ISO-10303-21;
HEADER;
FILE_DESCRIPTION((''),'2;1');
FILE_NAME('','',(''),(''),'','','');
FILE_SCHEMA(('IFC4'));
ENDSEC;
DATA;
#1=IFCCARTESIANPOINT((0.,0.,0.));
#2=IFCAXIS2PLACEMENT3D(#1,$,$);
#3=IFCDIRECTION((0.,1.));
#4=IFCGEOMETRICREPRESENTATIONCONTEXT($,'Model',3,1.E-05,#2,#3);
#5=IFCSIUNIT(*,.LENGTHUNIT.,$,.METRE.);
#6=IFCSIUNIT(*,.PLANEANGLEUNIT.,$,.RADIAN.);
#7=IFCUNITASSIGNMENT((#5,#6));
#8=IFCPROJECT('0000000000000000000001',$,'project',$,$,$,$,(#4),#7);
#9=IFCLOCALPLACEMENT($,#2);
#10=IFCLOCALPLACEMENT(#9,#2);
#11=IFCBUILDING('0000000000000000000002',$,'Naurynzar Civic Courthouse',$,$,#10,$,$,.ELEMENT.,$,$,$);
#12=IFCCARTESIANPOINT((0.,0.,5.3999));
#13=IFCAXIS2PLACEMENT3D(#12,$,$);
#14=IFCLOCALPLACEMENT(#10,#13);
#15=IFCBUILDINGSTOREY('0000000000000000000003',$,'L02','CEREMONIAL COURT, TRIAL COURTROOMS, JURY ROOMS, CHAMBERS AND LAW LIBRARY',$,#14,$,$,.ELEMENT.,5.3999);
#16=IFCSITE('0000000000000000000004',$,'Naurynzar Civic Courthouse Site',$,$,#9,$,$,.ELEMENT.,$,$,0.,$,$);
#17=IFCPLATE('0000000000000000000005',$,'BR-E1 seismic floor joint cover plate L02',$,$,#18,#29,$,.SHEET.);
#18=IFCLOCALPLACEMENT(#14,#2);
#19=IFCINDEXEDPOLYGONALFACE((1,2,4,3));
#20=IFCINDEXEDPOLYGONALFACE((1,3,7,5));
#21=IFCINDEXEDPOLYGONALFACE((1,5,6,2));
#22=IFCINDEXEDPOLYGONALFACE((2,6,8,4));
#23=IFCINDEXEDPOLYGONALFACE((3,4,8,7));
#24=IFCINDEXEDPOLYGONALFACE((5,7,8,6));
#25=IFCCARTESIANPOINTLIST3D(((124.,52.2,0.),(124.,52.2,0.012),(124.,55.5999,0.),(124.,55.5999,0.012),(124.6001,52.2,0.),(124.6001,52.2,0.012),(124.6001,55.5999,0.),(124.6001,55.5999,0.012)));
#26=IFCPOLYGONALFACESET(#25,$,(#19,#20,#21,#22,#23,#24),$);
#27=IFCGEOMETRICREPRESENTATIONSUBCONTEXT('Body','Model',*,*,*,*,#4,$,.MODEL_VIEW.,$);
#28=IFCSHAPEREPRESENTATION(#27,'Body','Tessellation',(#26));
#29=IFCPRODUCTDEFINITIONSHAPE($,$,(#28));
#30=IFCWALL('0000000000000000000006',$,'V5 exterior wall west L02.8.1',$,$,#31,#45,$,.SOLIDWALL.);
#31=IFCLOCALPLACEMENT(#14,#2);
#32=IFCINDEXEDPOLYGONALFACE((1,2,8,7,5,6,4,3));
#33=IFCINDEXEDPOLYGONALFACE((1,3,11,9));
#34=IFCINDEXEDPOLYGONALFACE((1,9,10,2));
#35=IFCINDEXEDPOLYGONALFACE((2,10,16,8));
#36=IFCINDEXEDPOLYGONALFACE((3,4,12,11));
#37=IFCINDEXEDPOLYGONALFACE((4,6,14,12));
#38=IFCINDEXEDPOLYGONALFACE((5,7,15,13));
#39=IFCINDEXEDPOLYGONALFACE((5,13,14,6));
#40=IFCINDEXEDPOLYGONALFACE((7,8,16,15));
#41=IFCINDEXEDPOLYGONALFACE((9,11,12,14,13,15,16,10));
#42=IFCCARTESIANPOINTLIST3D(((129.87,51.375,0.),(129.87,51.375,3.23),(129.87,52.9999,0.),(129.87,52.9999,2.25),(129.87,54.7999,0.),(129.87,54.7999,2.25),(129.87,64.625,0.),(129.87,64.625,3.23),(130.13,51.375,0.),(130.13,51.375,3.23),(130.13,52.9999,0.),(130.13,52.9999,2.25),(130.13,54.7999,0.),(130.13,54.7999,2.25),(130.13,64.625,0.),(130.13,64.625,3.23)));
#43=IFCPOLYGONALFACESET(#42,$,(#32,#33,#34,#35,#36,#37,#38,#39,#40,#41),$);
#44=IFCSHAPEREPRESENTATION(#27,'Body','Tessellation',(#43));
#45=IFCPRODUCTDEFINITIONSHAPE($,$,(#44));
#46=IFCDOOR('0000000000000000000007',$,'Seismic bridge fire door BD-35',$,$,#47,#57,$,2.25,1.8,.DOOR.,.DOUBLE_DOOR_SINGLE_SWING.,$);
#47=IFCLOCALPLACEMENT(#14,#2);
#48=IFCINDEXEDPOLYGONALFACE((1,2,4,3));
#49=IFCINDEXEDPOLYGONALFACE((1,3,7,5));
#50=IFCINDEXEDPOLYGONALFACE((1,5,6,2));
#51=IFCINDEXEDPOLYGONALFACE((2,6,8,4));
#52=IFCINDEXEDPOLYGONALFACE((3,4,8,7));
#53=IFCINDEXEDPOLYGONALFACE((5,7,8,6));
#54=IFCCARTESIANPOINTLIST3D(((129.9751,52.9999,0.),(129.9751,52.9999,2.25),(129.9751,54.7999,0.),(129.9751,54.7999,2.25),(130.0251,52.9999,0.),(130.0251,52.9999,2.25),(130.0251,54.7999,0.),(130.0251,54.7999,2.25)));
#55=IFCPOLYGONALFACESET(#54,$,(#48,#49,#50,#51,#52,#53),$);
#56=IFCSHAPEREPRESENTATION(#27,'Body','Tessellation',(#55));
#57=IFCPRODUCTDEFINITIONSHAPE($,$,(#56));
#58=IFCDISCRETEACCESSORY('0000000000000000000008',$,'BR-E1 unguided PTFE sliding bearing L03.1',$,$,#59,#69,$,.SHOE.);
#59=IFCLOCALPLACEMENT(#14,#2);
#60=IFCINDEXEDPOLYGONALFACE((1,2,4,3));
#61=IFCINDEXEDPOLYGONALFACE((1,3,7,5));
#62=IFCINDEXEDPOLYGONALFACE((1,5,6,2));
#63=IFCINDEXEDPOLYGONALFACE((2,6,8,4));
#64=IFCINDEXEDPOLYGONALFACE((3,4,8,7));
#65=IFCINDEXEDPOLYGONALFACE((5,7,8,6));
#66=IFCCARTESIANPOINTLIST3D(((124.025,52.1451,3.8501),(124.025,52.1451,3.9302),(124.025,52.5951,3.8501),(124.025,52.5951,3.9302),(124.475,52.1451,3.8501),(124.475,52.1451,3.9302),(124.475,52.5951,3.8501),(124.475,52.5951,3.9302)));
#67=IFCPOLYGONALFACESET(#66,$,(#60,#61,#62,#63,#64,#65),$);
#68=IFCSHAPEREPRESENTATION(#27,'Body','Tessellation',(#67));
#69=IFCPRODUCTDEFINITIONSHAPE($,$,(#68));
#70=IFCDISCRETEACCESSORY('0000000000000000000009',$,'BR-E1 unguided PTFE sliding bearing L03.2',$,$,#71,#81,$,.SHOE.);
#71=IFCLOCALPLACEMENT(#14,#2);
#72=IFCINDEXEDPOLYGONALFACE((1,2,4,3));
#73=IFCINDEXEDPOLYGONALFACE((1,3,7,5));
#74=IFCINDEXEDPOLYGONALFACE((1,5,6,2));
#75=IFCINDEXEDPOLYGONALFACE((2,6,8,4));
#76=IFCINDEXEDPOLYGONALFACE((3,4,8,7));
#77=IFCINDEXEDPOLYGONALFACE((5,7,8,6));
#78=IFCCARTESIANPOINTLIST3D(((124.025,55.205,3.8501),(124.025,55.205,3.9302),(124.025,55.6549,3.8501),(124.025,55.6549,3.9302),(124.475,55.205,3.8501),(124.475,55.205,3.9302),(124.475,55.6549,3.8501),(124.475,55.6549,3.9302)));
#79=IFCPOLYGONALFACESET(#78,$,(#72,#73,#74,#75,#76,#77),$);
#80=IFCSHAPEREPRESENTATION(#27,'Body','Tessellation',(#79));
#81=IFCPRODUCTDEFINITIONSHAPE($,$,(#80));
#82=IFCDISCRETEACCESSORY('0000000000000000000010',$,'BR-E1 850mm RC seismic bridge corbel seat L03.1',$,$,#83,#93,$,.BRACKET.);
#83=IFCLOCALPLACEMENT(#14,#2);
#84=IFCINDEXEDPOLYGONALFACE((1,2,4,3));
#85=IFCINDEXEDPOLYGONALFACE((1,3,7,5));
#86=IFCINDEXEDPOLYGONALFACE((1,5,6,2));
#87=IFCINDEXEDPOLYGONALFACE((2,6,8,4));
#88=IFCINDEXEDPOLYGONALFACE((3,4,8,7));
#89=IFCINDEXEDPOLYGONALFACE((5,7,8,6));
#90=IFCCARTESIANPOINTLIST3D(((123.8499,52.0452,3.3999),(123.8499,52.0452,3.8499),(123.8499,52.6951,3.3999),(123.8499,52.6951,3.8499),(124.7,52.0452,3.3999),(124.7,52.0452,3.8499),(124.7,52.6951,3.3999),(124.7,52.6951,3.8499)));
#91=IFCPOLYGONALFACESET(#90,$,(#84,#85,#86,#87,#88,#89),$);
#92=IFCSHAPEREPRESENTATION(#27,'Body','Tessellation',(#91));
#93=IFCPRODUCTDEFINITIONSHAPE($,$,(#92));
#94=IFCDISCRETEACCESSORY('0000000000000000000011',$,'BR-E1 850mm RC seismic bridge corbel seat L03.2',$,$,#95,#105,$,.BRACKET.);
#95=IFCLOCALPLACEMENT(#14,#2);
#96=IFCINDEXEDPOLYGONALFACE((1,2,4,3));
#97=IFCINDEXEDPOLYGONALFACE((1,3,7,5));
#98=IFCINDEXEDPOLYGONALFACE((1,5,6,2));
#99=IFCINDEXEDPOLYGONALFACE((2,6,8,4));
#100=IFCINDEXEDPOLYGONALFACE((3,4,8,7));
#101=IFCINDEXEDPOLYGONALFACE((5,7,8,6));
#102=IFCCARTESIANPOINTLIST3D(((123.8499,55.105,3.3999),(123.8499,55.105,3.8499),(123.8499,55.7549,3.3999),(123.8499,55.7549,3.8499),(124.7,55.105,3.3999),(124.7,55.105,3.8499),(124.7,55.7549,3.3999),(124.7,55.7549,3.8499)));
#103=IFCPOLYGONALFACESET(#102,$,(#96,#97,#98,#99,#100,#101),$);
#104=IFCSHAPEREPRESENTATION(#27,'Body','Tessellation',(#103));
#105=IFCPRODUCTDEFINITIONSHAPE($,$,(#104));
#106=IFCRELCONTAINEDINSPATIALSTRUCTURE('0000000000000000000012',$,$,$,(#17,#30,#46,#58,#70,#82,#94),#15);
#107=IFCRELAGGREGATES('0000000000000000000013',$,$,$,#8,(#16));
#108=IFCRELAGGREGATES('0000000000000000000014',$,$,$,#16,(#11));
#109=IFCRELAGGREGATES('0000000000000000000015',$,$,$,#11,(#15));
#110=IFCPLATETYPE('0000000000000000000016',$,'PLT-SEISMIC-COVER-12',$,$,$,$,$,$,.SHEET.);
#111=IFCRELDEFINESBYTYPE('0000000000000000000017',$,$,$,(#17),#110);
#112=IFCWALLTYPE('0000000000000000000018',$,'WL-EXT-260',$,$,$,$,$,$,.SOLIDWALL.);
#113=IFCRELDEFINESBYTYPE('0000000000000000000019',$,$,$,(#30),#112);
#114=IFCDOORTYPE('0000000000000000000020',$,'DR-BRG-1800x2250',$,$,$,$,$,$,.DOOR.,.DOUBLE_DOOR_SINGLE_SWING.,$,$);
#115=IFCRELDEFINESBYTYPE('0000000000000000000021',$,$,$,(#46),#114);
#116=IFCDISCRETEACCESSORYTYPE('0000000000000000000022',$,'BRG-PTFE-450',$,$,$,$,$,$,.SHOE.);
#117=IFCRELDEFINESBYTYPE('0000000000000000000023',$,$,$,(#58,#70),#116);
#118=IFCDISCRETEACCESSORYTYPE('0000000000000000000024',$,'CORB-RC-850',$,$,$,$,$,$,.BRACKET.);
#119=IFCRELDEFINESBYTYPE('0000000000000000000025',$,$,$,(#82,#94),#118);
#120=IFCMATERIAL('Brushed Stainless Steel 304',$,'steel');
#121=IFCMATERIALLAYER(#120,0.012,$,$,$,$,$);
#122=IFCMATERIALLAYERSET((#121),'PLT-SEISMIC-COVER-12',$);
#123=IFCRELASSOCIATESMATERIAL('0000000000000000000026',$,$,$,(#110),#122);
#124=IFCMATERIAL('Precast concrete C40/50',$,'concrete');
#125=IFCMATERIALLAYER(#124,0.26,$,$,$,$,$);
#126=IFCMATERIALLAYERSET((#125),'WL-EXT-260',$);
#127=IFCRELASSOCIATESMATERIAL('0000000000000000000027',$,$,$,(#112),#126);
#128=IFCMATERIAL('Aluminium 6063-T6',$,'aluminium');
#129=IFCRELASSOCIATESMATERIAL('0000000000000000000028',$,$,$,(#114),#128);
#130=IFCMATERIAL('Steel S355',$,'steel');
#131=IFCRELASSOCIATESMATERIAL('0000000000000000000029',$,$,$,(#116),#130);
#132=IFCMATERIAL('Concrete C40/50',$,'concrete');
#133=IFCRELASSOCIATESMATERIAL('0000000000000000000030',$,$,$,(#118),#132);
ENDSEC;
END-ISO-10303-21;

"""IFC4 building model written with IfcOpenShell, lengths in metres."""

from ifc_helpers import new_model, si_unit, direction, frame, frame_2d, origin, origin_2d, place, context, subcontext, project, spatial, rectangle, extrude, material, layer, layer_set, type_object, element, fill, save


model = new_model("IFC4")

# Units and contexts
model_context = context("Model", 3, precision=1e-05, world=origin(), true_north=direction((0.0, 1.0)))
body_context = subcontext(model_context, "Body", "Model", "MODEL_VIEW")
ifc_project = project(units=[si_unit("LENGTHUNIT", "METRE"), si_unit("PLANEANGLEUNIT", "RADIAN")], contexts=[model_context])

# Site, building, storey
site_placement = place(None, origin())
site = spatial("IfcSite", under=ifc_project, at=site_placement, Name="Naurynzar Civic Courthouse Site", CompositionType="ELEMENT", RefElevation=0.0)
building_placement = place(site_placement, origin())
building = spatial("IfcBuilding", under=site, at=building_placement, Name="Naurynzar Civic Courthouse", CompositionType="ELEMENT")
storey_placement = place(building_placement, frame((0.0, 0.0, 5.3999)))
storey = spatial("IfcBuildingStorey", under=building, at=storey_placement, Name="L02", Description="CEREMONIAL COURT, TRIAL COURTROOMS, JURY ROOMS, CHAMBERS AND LAW LIBRARY", CompositionType="ELEMENT", Elevation=5.3999)

# Plate
ifc_material_1 = material(Name="Brushed Stainless Steel 304", Category="steel")
ifc_layer_1 = layer(ifc_material_1, 0.012)
ifc_layer_set_1 = layer_set([ifc_layer_1], Name="PLT-SEISMIC-COVER-12")
plate_type_1 = type_object("IfcPlateType", Name="PLT-SEISMIC-COVER-12", PredefinedType="SHEET", material=ifc_layer_set_1)
plate_1_placement = place(storey_placement, frame((124.3, 53.8999, 0.0), z_axis=(0.0, 0.0, 1.0), x_axis=(1.0, 0.0, 0.0)))
element("IfcPlate", 1, at=plate_1_placement, inside=storey, type_object=plate_type_1, Name="BR-E1 seismic floor joint cover plate L02", PredefinedType="SHEET", context=body_context, shape_type="SweptSolid", body=[
    extrude(rectangle(XDim=0.6001, YDim=3.3999, at=origin_2d()), origin(), (0.0, 0.0, 1.0), 0.012),
])

# Wall, opening, door
ifc_material_2 = material(Name="Precast concrete C40/50", Category="concrete")
ifc_layer_2 = layer(ifc_material_2, 0.26)
ifc_layer_set_2 = layer_set([ifc_layer_2], Name="WL-EXT-260")
wall_type = type_object("IfcWallType", Name="WL-EXT-260", PredefinedType="SOLIDWALL", material=ifc_layer_set_2)
wall_placement = place(storey_placement, frame((130.0, 51.375, 0.0), z_axis=(0.0, 0.0, 1.0), x_axis=(0.0, 1.0, 0.0)))
wall = element("IfcWall", 2, at=wall_placement, inside=storey, type_object=wall_type, Name="V5 exterior wall west L02.8.1", PredefinedType="SOLIDWALL", context=body_context, shape_type="SweptSolid", body=[
    extrude(rectangle(XDim=13.25, YDim=0.26, at=frame_2d((6.625, 0.0))), origin(), (0.0, 0.0, 1.0), 3.23),
])
opening_placement = place(wall_placement, frame((1.625, 0.0, 0.0)))
opening = element("IfcOpeningElement", 3, at=opening_placement, cuts=wall, PredefinedType="OPENING", context=body_context, shape_type="SweptSolid", body=[
    extrude(rectangle(XDim=1.8, YDim=2.25, at=frame_2d((0.8999, 1.125))), frame((0.0, 0.1399, 0.0), z_axis=(0.0, -1.0, 0.0), x_axis=(1.0, 0.0, 0.0)), (0.0, 0.0, 1.0), 0.28),
])
ifc_material_3 = material(Name="Aluminium 6063-T6", Category="aluminium")
door_type = type_object("IfcDoorType", Name="DR-BRG-1800x2250", OperationType="DOUBLE_DOOR_SINGLE_SWING", PredefinedType="DOOR", material=ifc_material_3)
door_placement = place(opening_placement, origin())
door = element("IfcDoor", 4, at=door_placement, inside=storey, type_object=door_type, Name="Seismic bridge fire door BD-35", OperationType="DOUBLE_DOOR_SINGLE_SWING", OverallHeight=2.25, OverallWidth=1.8, PredefinedType="DOOR", context=body_context, shape_type="SweptSolid", body=[
    extrude(rectangle(XDim=1.8, YDim=2.25, at=frame_2d((0.8999, 1.125))), frame((0.0, 0.0249, 0.0), z_axis=(0.0, -1.0, 0.0), x_axis=(1.0, 0.0, 0.0)), (0.0, 0.0, 1.0), 0.05),
])
fill(opening, door)

# Discrete accessories
ifc_material_4 = material(Name="Steel S355", Category="steel")
discrete_accessory_type_1 = type_object("IfcDiscreteAccessoryType", Name="BRG-PTFE-450", PredefinedType="SHOE", material=ifc_material_4)
for number, where, z_axis, x_axis, name in (
    (5, (124.25, 52.3701, 3.8501), (0.0, 0.0, 1.0), (1.0, 0.0, 0.0), "BR-E1 unguided PTFE sliding bearing L03.1"),
    (6, (124.25, 55.4299, 3.8501), (0.0, 0.0, 1.0), (1.0, 0.0, 0.0), "BR-E1 unguided PTFE sliding bearing L03.2"),
):
    element("IfcDiscreteAccessory", number, at=place(storey_placement, frame(where, z_axis=z_axis, x_axis=x_axis)), inside=storey, type_object=discrete_accessory_type_1, Name=name, PredefinedType="SHOE", context=body_context, shape_type="SweptSolid", body=[
        extrude(rectangle(XDim=0.45, YDim=0.45, at=origin_2d()), origin(), (0.0, 0.0, 1.0), 0.0801),
    ])
ifc_material_5 = material(Name="Concrete C40/50", Category="concrete")
discrete_accessory_type_2 = type_object("IfcDiscreteAccessoryType", Name="CORB-RC-850", PredefinedType="BRACKET", material=ifc_material_5)
for number, where, z_axis, x_axis, name in (
    (7, (124.2749, 52.3701, 3.3999), (0.0, 0.0, 1.0), (1.0, 0.0, 0.0), "BR-E1 850mm RC seismic bridge corbel seat L03.1"),
    (8, (124.2749, 55.4299, 3.3999), (0.0, 0.0, 1.0), (1.0, 0.0, 0.0), "BR-E1 850mm RC seismic bridge corbel seat L03.2"),
):
    element("IfcDiscreteAccessory", number, at=place(storey_placement, frame(where, z_axis=z_axis, x_axis=x_axis)), inside=storey, type_object=discrete_accessory_type_2, Name=name, PredefinedType="BRACKET", context=body_context, shape_type="SweptSolid", body=[
        extrude(rectangle(XDim=0.8501, YDim=0.6499, at=origin_2d()), origin(), (0.0, 0.0, 1.0), 0.45),
    ])

save(model, "model.ifc")
